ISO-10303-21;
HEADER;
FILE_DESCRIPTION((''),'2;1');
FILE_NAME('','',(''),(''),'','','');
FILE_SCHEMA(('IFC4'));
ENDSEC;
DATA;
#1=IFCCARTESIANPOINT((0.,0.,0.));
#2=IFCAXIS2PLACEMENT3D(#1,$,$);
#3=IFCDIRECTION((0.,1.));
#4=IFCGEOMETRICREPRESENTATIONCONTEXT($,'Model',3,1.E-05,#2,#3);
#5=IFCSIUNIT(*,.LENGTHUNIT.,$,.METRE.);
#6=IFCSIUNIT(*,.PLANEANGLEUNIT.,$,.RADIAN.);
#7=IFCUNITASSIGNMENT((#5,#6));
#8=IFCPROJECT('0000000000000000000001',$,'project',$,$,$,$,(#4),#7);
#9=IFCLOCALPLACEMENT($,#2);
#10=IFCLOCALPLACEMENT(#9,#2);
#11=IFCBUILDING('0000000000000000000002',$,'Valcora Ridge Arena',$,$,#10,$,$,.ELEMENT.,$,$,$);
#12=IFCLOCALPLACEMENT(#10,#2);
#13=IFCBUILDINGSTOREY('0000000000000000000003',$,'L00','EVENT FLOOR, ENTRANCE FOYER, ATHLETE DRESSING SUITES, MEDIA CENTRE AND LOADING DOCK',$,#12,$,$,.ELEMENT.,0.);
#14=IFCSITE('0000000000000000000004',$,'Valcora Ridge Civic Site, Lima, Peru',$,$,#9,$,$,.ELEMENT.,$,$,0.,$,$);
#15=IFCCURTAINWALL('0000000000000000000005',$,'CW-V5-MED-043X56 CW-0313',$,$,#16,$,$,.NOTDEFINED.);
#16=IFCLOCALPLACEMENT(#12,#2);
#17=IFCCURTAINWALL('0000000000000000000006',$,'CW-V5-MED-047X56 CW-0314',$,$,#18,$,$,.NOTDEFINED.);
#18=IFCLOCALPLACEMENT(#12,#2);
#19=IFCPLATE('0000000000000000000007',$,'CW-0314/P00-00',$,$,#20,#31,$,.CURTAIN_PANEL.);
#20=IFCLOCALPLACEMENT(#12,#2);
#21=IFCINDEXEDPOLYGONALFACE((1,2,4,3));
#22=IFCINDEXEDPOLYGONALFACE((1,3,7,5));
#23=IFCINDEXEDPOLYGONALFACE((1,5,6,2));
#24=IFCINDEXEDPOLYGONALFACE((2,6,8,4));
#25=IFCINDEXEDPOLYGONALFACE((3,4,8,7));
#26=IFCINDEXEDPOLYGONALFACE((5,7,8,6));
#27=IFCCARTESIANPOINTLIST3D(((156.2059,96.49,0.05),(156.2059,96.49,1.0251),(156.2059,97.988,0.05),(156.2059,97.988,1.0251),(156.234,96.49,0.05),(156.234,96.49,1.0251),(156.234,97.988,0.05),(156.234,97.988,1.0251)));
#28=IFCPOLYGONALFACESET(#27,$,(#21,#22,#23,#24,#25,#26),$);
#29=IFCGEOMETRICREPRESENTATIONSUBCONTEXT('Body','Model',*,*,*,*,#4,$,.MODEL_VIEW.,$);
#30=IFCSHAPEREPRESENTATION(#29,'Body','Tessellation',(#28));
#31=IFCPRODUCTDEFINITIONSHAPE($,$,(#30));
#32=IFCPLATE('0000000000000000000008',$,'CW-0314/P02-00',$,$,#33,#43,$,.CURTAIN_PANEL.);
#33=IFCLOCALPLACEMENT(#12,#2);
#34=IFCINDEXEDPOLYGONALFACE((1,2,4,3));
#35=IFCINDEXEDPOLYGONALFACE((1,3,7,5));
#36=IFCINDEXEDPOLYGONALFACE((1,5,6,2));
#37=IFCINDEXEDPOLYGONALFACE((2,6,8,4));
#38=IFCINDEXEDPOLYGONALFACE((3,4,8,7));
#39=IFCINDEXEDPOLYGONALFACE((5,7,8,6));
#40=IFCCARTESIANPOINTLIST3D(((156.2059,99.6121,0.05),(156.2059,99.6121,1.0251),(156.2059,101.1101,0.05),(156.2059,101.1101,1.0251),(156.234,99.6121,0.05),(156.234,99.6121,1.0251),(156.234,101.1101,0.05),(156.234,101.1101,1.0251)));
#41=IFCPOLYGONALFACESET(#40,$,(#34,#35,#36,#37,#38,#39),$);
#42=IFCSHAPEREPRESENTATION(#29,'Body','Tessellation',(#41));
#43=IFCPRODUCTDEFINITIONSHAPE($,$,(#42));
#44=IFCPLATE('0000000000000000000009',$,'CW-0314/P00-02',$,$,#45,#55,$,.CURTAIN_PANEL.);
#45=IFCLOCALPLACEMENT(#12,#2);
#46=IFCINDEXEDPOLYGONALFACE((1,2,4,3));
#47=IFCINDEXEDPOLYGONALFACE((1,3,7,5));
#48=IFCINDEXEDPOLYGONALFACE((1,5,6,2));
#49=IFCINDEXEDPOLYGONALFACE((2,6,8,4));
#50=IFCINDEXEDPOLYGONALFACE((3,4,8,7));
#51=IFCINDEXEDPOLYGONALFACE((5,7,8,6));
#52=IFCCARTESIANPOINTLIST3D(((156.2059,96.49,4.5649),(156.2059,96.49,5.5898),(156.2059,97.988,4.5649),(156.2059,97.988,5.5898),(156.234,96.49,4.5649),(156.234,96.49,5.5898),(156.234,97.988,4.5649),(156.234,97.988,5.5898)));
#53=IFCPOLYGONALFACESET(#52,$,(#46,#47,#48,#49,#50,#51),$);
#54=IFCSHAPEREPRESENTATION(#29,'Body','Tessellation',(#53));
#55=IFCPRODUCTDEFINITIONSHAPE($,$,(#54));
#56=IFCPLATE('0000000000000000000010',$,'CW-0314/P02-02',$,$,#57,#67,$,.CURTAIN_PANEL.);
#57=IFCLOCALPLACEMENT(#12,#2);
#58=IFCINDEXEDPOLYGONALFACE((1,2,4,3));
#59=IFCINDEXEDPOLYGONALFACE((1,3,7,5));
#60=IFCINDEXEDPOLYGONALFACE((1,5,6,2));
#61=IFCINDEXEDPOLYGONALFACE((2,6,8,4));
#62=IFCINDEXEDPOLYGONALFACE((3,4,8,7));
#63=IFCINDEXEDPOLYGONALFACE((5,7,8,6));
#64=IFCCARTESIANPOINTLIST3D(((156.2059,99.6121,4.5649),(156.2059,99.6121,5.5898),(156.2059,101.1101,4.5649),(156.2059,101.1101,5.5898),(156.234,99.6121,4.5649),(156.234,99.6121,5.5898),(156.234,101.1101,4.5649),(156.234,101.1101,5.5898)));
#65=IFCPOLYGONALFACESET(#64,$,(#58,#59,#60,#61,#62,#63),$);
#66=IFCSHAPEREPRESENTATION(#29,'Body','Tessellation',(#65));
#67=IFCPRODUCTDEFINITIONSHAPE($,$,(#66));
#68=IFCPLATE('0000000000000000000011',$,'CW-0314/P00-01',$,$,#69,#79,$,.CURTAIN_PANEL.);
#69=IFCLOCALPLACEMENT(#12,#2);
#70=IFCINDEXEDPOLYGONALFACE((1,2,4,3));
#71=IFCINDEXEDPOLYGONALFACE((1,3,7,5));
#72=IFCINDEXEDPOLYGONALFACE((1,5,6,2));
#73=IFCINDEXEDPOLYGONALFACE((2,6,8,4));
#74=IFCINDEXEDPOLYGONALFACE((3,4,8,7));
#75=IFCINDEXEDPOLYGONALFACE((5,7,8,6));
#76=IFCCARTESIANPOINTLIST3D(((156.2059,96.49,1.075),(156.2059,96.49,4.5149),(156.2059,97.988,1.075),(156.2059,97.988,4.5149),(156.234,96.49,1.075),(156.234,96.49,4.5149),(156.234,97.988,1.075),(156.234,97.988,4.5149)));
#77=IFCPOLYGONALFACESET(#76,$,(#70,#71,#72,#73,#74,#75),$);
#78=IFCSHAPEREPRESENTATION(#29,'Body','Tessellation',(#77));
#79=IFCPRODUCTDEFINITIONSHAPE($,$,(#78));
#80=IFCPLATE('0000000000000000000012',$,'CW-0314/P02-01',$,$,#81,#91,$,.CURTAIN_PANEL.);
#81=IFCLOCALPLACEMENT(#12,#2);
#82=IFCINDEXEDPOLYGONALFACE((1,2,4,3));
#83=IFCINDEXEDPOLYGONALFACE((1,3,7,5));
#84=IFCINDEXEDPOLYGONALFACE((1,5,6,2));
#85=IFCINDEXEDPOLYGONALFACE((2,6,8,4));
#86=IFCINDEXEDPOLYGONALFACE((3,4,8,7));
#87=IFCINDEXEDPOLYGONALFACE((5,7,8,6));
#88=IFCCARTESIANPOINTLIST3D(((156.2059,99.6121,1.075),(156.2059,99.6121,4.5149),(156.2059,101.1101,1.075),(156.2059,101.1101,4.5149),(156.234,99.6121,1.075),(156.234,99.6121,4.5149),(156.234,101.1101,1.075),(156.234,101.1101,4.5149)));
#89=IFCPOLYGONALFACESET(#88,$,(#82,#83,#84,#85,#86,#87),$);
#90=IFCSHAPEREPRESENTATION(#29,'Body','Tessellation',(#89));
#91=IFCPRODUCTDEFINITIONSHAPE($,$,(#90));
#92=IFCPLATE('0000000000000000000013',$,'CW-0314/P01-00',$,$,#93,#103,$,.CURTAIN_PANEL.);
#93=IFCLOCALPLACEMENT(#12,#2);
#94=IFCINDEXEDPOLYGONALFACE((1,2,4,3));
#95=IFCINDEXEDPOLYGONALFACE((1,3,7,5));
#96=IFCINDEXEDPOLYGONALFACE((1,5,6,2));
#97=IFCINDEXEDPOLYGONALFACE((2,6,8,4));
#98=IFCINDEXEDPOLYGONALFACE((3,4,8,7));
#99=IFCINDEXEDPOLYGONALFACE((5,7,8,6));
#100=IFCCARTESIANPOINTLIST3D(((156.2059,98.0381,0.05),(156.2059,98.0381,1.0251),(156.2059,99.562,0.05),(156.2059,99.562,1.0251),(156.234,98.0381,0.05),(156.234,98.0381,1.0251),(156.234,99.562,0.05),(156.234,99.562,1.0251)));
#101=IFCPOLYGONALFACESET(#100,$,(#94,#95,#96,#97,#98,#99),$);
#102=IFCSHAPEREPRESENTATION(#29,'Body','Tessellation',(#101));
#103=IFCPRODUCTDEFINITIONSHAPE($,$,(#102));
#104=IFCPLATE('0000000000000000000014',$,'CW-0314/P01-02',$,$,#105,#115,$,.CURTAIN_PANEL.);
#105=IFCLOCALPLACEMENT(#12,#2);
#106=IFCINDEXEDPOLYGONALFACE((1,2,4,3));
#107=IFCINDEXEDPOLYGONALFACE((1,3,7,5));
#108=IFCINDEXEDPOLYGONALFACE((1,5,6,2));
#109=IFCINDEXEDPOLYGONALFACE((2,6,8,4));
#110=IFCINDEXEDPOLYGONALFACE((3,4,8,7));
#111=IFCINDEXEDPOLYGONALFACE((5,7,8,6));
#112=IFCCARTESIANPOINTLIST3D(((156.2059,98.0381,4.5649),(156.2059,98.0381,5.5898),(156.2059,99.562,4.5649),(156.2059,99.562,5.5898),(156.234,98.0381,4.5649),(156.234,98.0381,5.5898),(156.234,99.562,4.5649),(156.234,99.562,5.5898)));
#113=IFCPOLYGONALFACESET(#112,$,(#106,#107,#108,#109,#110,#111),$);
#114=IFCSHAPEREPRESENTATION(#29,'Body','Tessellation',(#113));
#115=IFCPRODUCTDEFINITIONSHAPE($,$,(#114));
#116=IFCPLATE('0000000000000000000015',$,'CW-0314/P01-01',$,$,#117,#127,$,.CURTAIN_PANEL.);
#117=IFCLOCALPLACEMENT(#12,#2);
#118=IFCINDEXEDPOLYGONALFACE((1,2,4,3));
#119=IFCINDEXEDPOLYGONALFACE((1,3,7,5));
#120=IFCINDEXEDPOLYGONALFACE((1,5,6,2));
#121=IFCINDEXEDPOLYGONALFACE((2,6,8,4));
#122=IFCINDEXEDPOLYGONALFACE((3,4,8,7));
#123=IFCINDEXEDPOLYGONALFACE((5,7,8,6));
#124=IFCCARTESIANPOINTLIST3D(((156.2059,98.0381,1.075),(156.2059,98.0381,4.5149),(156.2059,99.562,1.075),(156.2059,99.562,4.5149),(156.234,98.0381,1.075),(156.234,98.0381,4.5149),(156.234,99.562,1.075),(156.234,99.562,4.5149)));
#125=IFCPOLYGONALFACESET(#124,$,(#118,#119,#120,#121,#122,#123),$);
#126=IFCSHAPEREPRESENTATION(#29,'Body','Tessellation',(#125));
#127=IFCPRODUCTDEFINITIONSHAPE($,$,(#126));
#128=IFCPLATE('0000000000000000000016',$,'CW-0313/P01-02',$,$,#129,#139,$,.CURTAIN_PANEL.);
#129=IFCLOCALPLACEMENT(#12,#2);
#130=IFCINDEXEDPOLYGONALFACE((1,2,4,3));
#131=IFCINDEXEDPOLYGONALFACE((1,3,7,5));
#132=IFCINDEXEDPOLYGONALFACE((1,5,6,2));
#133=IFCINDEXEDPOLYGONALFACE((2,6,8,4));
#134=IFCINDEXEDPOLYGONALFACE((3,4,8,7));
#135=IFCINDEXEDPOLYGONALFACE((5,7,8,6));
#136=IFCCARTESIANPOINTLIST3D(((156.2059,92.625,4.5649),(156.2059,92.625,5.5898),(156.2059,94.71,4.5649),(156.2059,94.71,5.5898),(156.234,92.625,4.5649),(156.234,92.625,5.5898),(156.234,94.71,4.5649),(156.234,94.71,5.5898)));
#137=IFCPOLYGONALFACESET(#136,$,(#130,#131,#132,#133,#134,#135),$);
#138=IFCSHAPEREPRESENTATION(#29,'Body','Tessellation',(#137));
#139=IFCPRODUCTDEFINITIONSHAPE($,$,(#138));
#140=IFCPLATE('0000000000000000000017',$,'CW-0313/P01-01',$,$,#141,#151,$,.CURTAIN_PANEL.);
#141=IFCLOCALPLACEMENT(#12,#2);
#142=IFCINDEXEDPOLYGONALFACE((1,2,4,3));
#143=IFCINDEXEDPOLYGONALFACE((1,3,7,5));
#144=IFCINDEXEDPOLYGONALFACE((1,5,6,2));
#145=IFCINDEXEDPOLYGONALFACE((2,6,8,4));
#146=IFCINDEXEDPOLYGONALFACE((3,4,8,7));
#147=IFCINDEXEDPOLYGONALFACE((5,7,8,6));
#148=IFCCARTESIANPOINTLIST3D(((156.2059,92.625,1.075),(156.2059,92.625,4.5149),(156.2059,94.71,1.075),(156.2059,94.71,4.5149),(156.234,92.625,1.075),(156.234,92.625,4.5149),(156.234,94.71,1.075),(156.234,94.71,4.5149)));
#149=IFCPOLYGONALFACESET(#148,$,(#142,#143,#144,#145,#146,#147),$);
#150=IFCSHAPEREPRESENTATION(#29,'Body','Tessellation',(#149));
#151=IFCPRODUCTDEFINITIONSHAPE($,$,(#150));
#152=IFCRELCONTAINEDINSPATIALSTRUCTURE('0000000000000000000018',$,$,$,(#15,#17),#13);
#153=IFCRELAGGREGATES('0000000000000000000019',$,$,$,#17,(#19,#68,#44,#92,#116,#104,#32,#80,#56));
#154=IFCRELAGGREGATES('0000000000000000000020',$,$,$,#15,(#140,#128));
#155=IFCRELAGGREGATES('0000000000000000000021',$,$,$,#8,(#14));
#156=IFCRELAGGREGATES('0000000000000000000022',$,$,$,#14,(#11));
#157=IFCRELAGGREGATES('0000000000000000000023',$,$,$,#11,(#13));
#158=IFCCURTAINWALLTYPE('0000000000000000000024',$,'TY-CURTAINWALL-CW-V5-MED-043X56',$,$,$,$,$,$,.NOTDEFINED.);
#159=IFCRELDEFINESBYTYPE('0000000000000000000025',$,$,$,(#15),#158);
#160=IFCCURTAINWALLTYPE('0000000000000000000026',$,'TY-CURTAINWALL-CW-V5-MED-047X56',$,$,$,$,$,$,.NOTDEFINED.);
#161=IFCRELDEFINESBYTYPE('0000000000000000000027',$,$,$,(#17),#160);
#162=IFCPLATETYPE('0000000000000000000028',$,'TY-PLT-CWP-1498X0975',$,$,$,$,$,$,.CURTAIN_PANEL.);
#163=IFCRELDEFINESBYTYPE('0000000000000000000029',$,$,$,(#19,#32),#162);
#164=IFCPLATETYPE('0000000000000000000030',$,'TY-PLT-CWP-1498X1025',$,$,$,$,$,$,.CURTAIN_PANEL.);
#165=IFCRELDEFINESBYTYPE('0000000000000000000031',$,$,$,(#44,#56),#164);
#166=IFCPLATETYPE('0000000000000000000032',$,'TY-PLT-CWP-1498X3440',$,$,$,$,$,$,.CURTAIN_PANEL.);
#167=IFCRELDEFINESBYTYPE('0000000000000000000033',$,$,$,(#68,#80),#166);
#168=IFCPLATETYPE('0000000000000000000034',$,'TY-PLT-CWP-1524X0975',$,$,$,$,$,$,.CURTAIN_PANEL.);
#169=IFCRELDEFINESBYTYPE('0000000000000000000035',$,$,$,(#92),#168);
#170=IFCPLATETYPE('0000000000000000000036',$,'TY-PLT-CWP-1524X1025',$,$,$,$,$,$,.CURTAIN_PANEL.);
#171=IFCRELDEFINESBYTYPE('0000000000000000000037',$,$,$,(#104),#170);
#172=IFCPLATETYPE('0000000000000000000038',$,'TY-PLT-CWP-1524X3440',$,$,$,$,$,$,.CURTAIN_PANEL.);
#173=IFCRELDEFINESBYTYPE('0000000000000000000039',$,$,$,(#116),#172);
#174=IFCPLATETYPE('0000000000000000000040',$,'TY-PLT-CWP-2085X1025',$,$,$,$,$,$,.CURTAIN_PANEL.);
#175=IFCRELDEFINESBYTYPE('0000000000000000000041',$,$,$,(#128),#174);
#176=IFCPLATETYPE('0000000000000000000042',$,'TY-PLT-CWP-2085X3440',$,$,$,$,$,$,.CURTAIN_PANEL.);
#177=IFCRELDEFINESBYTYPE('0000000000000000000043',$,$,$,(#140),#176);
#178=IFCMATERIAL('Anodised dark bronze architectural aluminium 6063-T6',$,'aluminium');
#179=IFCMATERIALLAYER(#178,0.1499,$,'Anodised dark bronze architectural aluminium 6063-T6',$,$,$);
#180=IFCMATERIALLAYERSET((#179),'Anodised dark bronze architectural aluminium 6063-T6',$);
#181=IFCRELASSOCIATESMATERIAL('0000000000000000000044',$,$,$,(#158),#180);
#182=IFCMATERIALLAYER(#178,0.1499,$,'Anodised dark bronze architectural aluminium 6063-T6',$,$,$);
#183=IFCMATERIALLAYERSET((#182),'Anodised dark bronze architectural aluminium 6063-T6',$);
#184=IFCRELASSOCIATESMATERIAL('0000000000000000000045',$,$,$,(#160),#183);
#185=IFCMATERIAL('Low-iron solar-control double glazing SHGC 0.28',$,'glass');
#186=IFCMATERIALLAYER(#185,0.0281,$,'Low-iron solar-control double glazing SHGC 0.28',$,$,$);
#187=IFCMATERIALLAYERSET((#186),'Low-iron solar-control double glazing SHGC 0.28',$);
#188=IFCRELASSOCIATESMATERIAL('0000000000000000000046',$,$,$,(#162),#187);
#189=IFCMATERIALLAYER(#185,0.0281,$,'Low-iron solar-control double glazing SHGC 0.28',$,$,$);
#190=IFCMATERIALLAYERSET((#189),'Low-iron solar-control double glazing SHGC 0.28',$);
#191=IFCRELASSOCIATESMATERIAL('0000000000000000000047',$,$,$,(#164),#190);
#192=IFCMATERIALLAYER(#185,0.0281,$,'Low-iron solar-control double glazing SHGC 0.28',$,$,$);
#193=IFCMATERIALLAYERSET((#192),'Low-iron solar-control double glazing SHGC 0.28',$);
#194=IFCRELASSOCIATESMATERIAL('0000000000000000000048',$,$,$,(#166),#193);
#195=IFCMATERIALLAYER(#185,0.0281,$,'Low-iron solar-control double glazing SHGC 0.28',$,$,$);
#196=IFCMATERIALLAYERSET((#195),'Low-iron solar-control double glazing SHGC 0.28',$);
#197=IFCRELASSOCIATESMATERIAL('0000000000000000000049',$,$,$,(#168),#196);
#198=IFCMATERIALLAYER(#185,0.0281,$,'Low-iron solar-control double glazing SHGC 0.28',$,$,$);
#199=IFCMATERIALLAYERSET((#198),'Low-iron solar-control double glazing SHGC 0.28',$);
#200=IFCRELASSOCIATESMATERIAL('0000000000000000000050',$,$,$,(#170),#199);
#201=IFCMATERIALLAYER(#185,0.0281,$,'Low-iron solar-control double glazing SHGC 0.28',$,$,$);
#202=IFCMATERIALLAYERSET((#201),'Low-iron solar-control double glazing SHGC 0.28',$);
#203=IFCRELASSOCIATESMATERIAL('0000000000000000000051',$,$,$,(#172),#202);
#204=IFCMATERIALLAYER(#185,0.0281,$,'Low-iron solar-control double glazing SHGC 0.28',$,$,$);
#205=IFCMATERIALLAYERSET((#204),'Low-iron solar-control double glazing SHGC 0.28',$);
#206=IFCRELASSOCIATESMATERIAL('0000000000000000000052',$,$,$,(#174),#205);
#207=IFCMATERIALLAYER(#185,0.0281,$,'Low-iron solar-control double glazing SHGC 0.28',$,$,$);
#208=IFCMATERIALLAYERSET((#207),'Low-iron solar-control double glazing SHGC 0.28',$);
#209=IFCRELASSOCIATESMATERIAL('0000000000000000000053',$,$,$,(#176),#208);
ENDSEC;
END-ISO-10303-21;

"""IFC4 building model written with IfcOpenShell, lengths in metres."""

from ifc_helpers import new_model, si_unit, direction, frame, origin, origin_2d, place, context, subcontext, project, spatial, rectangle, extrude, material, layer, layer_set, type_object, element, aggregate, save


model = new_model("IFC4")

# Units and contexts
model_context = context("Model", 3, precision=1e-05, world=origin(), true_north=direction((0.0, 1.0)))
body_context = subcontext(model_context, "Body", "Model", "MODEL_VIEW")
ifc_project = project(units=[si_unit("LENGTHUNIT", "METRE"), si_unit("PLANEANGLEUNIT", "RADIAN")], contexts=[model_context])

# Site, building, storey
site_placement = place(None, origin())
site = spatial("IfcSite", under=ifc_project, at=site_placement, Name="Valcora Ridge Civic Site, Lima, Peru", CompositionType="ELEMENT", RefElevation=0.0)
building_placement = place(site_placement, origin())
building = spatial("IfcBuilding", under=site, at=building_placement, Name="Valcora Ridge Arena", CompositionType="ELEMENT")
storey_placement = place(building_placement, origin())
storey = spatial("IfcBuildingStorey", under=building, at=storey_placement, Name="L00", Description="EVENT FLOOR, ENTRANCE FOYER, ATHLETE DRESSING SUITES, MEDIA CENTRE AND LOADING DOCK", CompositionType="ELEMENT", Elevation=0.0)

# Curtain wall
ifc_material_1 = material(Name="Anodised dark bronze architectural aluminium 6063-T6", Category="aluminium")
ifc_layer_1 = layer(ifc_material_1, 0.1499, Name="Anodised dark bronze architectural aluminium 6063-T6")
ifc_layer_set_1 = layer_set([ifc_layer_1], Name="Anodised dark bronze architectural aluminium 6063-T6")
curtain_wall_type_1 = type_object("IfcCurtainWallType", Name="TY-CURTAINWALL-CW-V5-MED-043X56", PredefinedType="NOTDEFINED", material=ifc_layer_set_1)
curtain_wall_1_placement = place(storey_placement, origin())
curtain_wall_1 = element("IfcCurtainWall", 1, at=curtain_wall_1_placement, inside=storey, type_object=curtain_wall_type_1, Name="CW-V5-MED-043X56 CW-0313", PredefinedType="NOTDEFINED")

# Curtain wall
ifc_layer_2 = layer(ifc_material_1, 0.1499, Name="Anodised dark bronze architectural aluminium 6063-T6")
ifc_layer_set_2 = layer_set([ifc_layer_2], Name="Anodised dark bronze architectural aluminium 6063-T6")
curtain_wall_type_2 = type_object("IfcCurtainWallType", Name="TY-CURTAINWALL-CW-V5-MED-047X56", PredefinedType="NOTDEFINED", material=ifc_layer_set_2)
curtain_wall_2_placement = place(storey_placement, origin())
curtain_wall_2 = element("IfcCurtainWall", 2, at=curtain_wall_2_placement, inside=storey, type_object=curtain_wall_type_2, Name="CW-V5-MED-047X56 CW-0314", PredefinedType="NOTDEFINED")

# Plates
ifc_material_2 = material(Name="Low-iron solar-control double glazing SHGC 0.28", Category="glass")
ifc_layer_3 = layer(ifc_material_2, 0.0281, Name="Low-iron solar-control double glazing SHGC 0.28")
ifc_layer_set_3 = layer_set([ifc_layer_3], Name="Low-iron solar-control double glazing SHGC 0.28")
plate_type_1 = type_object("IfcPlateType", Name="TY-PLT-CWP-1498X0975", PredefinedType="CURTAIN_PANEL", material=ifc_layer_set_3)
plate_1_placement = place(storey_placement, frame((156.22, 97.239, 0.05), z_axis=(0.0, 0.0, 1.0), x_axis=(0.0, 1.0, 0.0)))
plate_1 = element("IfcPlate", 3, at=plate_1_placement, type_object=plate_type_1, Name="CW-0314/P00-00", PredefinedType="CURTAIN_PANEL", context=body_context, shape_type="SweptSolid", body=[
    extrude(rectangle(XDim=1.498, YDim=0.0281, at=origin_2d()), origin(), (0.0, 0.0, 1.0), 0.9751),
])
plate_2_placement = place(storey_placement, frame((156.22, 100.3611, 0.05), z_axis=(0.0, 0.0, 1.0), x_axis=(0.0, 1.0, 0.0)))
plate_2 = element("IfcPlate", 4, at=plate_2_placement, type_object=plate_type_1, Name="CW-0314/P02-00", PredefinedType="CURTAIN_PANEL", context=body_context, shape_type="SweptSolid", body=[
    extrude(rectangle(XDim=1.498, YDim=0.0281, at=origin_2d()), origin(), (0.0, 0.0, 1.0), 0.9751),
])
ifc_layer_4 = layer(ifc_material_2, 0.0281, Name="Low-iron solar-control double glazing SHGC 0.28")
ifc_layer_set_4 = layer_set([ifc_layer_4], Name="Low-iron solar-control double glazing SHGC 0.28")
plate_type_2 = type_object("IfcPlateType", Name="TY-PLT-CWP-1498X1025", PredefinedType="CURTAIN_PANEL", material=ifc_layer_set_4)
plate_3_placement = place(storey_placement, frame((156.22, 97.239, 4.5649), z_axis=(0.0, 0.0, 1.0), x_axis=(0.0, 1.0, 0.0)))
plate_3 = element("IfcPlate", 5, at=plate_3_placement, type_object=plate_type_2, Name="CW-0314/P00-02", PredefinedType="CURTAIN_PANEL", context=body_context, shape_type="SweptSolid", body=[
    extrude(rectangle(XDim=1.498, YDim=0.0281, at=origin_2d()), origin(), (0.0, 0.0, 1.0), 1.0249),
])
plate_4_placement = place(storey_placement, frame((156.22, 100.3611, 4.5649), z_axis=(0.0, 0.0, 1.0), x_axis=(0.0, 1.0, 0.0)))
plate_4 = element("IfcPlate", 6, at=plate_4_placement, type_object=plate_type_2, Name="CW-0314/P02-02", PredefinedType="CURTAIN_PANEL", context=body_context, shape_type="SweptSolid", body=[
    extrude(rectangle(XDim=1.498, YDim=0.0281, at=origin_2d()), origin(), (0.0, 0.0, 1.0), 1.0249),
])
ifc_layer_5 = layer(ifc_material_2, 0.0281, Name="Low-iron solar-control double glazing SHGC 0.28")
ifc_layer_set_5 = layer_set([ifc_layer_5], Name="Low-iron solar-control double glazing SHGC 0.28")
plate_type_3 = type_object("IfcPlateType", Name="TY-PLT-CWP-1498X3440", PredefinedType="CURTAIN_PANEL", material=ifc_layer_set_5)
plate_5_placement = place(storey_placement, frame((156.22, 97.239, 1.075), z_axis=(0.0, 0.0, 1.0), x_axis=(0.0, 1.0, 0.0)))
plate_5 = element("IfcPlate", 7, at=plate_5_placement, type_object=plate_type_3, Name="CW-0314/P00-01", PredefinedType="CURTAIN_PANEL", context=body_context, shape_type="SweptSolid", body=[
    extrude(rectangle(XDim=1.498, YDim=0.0281, at=origin_2d()), origin(), (0.0, 0.0, 1.0), 3.4399),
])
plate_6_placement = place(storey_placement, frame((156.22, 100.3611, 1.075), z_axis=(0.0, 0.0, 1.0), x_axis=(0.0, 1.0, 0.0)))
plate_6 = element("IfcPlate", 8, at=plate_6_placement, type_object=plate_type_3, Name="CW-0314/P02-01", PredefinedType="CURTAIN_PANEL", context=body_context, shape_type="SweptSolid", body=[
    extrude(rectangle(XDim=1.498, YDim=0.0281, at=origin_2d()), origin(), (0.0, 0.0, 1.0), 3.4399),
])
ifc_layer_6 = layer(ifc_material_2, 0.0281, Name="Low-iron solar-control double glazing SHGC 0.28")
ifc_layer_set_6 = layer_set([ifc_layer_6], Name="Low-iron solar-control double glazing SHGC 0.28")
plate_type_4 = type_object("IfcPlateType", Name="TY-PLT-CWP-1524X0975", PredefinedType="CURTAIN_PANEL", material=ifc_layer_set_6)
plate_7_placement = place(storey_placement, frame((156.22, 98.8, 0.05), z_axis=(0.0, 0.0, 1.0), x_axis=(0.0, 1.0, 0.0)))
plate_7 = element("IfcPlate", 9, at=plate_7_placement, type_object=plate_type_4, Name="CW-0314/P01-00", PredefinedType="CURTAIN_PANEL", context=body_context, shape_type="SweptSolid", body=[
    extrude(rectangle(XDim=1.5239, YDim=0.0281, at=origin_2d()), origin(), (0.0, 0.0, 1.0), 0.9751),
])
ifc_layer_7 = layer(ifc_material_2, 0.0281, Name="Low-iron solar-control double glazing SHGC 0.28")
ifc_layer_set_7 = layer_set([ifc_layer_7], Name="Low-iron solar-control double glazing SHGC 0.28")
plate_type_5 = type_object("IfcPlateType", Name="TY-PLT-CWP-1524X1025", PredefinedType="CURTAIN_PANEL", material=ifc_layer_set_7)
plate_8_placement = place(storey_placement, frame((156.22, 98.8, 4.5649), z_axis=(0.0, 0.0, 1.0), x_axis=(0.0, 1.0, 0.0)))
plate_8 = element("IfcPlate", 10, at=plate_8_placement, type_object=plate_type_5, Name="CW-0314/P01-02", PredefinedType="CURTAIN_PANEL", context=body_context, shape_type="SweptSolid", body=[
    extrude(rectangle(XDim=1.5239, YDim=0.0281, at=origin_2d()), origin(), (0.0, 0.0, 1.0), 1.0249),
])
ifc_layer_8 = layer(ifc_material_2, 0.0281, Name="Low-iron solar-control double glazing SHGC 0.28")
ifc_layer_set_8 = layer_set([ifc_layer_8], Name="Low-iron solar-control double glazing SHGC 0.28")
plate_type_6 = type_object("IfcPlateType", Name="TY-PLT-CWP-1524X3440", PredefinedType="CURTAIN_PANEL", material=ifc_layer_set_8)
plate_9_placement = place(storey_placement, frame((156.22, 98.8, 1.075), z_axis=(0.0, 0.0, 1.0), x_axis=(0.0, 1.0, 0.0)))
plate_9 = element("IfcPlate", 11, at=plate_9_placement, type_object=plate_type_6, Name="CW-0314/P01-01", PredefinedType="CURTAIN_PANEL", context=body_context, shape_type="SweptSolid", body=[
    extrude(rectangle(XDim=1.5239, YDim=0.0281, at=origin_2d()), origin(), (0.0, 0.0, 1.0), 3.4399),
])
aggregate(curtain_wall_2, [plate_1, plate_5, plate_3, plate_7, plate_9, plate_8, plate_2, plate_6, plate_4])
ifc_layer_9 = layer(ifc_material_2, 0.0281, Name="Low-iron solar-control double glazing SHGC 0.28")
ifc_layer_set_9 = layer_set([ifc_layer_9], Name="Low-iron solar-control double glazing SHGC 0.28")
plate_type_7 = type_object("IfcPlateType", Name="TY-PLT-CWP-2085X1025", PredefinedType="CURTAIN_PANEL", material=ifc_layer_set_9)
plate_10_placement = place(storey_placement, frame((156.22, 93.6675, 4.5649), z_axis=(0.0, 0.0, 1.0), x_axis=(0.0, 1.0, 0.0)))
plate_10 = element("IfcPlate", 12, at=plate_10_placement, type_object=plate_type_7, Name="CW-0313/P01-02", PredefinedType="CURTAIN_PANEL", context=body_context, shape_type="SweptSolid", body=[
    extrude(rectangle(XDim=2.085, YDim=0.0281, at=origin_2d()), origin(), (0.0, 0.0, 1.0), 1.0249),
])
ifc_layer_10 = layer(ifc_material_2, 0.0281, Name="Low-iron solar-control double glazing SHGC 0.28")
ifc_layer_set_10 = layer_set([ifc_layer_10], Name="Low-iron solar-control double glazing SHGC 0.28")
plate_type_8 = type_object("IfcPlateType", Name="TY-PLT-CWP-2085X3440", PredefinedType="CURTAIN_PANEL", material=ifc_layer_set_10)
plate_11_placement = place(storey_placement, frame((156.22, 93.6675, 1.075), z_axis=(0.0, 0.0, 1.0), x_axis=(0.0, 1.0, 0.0)))
plate_11 = element("IfcPlate", 13, at=plate_11_placement, type_object=plate_type_8, Name="CW-0313/P01-01", PredefinedType="CURTAIN_PANEL", context=body_context, shape_type="SweptSolid", body=[
    extrude(rectangle(XDim=2.085, YDim=0.0281, at=origin_2d()), origin(), (0.0, 0.0, 1.0), 3.4399),
])
aggregate(curtain_wall_1, [plate_11, plate_10])

save(model, "model.ifc")
